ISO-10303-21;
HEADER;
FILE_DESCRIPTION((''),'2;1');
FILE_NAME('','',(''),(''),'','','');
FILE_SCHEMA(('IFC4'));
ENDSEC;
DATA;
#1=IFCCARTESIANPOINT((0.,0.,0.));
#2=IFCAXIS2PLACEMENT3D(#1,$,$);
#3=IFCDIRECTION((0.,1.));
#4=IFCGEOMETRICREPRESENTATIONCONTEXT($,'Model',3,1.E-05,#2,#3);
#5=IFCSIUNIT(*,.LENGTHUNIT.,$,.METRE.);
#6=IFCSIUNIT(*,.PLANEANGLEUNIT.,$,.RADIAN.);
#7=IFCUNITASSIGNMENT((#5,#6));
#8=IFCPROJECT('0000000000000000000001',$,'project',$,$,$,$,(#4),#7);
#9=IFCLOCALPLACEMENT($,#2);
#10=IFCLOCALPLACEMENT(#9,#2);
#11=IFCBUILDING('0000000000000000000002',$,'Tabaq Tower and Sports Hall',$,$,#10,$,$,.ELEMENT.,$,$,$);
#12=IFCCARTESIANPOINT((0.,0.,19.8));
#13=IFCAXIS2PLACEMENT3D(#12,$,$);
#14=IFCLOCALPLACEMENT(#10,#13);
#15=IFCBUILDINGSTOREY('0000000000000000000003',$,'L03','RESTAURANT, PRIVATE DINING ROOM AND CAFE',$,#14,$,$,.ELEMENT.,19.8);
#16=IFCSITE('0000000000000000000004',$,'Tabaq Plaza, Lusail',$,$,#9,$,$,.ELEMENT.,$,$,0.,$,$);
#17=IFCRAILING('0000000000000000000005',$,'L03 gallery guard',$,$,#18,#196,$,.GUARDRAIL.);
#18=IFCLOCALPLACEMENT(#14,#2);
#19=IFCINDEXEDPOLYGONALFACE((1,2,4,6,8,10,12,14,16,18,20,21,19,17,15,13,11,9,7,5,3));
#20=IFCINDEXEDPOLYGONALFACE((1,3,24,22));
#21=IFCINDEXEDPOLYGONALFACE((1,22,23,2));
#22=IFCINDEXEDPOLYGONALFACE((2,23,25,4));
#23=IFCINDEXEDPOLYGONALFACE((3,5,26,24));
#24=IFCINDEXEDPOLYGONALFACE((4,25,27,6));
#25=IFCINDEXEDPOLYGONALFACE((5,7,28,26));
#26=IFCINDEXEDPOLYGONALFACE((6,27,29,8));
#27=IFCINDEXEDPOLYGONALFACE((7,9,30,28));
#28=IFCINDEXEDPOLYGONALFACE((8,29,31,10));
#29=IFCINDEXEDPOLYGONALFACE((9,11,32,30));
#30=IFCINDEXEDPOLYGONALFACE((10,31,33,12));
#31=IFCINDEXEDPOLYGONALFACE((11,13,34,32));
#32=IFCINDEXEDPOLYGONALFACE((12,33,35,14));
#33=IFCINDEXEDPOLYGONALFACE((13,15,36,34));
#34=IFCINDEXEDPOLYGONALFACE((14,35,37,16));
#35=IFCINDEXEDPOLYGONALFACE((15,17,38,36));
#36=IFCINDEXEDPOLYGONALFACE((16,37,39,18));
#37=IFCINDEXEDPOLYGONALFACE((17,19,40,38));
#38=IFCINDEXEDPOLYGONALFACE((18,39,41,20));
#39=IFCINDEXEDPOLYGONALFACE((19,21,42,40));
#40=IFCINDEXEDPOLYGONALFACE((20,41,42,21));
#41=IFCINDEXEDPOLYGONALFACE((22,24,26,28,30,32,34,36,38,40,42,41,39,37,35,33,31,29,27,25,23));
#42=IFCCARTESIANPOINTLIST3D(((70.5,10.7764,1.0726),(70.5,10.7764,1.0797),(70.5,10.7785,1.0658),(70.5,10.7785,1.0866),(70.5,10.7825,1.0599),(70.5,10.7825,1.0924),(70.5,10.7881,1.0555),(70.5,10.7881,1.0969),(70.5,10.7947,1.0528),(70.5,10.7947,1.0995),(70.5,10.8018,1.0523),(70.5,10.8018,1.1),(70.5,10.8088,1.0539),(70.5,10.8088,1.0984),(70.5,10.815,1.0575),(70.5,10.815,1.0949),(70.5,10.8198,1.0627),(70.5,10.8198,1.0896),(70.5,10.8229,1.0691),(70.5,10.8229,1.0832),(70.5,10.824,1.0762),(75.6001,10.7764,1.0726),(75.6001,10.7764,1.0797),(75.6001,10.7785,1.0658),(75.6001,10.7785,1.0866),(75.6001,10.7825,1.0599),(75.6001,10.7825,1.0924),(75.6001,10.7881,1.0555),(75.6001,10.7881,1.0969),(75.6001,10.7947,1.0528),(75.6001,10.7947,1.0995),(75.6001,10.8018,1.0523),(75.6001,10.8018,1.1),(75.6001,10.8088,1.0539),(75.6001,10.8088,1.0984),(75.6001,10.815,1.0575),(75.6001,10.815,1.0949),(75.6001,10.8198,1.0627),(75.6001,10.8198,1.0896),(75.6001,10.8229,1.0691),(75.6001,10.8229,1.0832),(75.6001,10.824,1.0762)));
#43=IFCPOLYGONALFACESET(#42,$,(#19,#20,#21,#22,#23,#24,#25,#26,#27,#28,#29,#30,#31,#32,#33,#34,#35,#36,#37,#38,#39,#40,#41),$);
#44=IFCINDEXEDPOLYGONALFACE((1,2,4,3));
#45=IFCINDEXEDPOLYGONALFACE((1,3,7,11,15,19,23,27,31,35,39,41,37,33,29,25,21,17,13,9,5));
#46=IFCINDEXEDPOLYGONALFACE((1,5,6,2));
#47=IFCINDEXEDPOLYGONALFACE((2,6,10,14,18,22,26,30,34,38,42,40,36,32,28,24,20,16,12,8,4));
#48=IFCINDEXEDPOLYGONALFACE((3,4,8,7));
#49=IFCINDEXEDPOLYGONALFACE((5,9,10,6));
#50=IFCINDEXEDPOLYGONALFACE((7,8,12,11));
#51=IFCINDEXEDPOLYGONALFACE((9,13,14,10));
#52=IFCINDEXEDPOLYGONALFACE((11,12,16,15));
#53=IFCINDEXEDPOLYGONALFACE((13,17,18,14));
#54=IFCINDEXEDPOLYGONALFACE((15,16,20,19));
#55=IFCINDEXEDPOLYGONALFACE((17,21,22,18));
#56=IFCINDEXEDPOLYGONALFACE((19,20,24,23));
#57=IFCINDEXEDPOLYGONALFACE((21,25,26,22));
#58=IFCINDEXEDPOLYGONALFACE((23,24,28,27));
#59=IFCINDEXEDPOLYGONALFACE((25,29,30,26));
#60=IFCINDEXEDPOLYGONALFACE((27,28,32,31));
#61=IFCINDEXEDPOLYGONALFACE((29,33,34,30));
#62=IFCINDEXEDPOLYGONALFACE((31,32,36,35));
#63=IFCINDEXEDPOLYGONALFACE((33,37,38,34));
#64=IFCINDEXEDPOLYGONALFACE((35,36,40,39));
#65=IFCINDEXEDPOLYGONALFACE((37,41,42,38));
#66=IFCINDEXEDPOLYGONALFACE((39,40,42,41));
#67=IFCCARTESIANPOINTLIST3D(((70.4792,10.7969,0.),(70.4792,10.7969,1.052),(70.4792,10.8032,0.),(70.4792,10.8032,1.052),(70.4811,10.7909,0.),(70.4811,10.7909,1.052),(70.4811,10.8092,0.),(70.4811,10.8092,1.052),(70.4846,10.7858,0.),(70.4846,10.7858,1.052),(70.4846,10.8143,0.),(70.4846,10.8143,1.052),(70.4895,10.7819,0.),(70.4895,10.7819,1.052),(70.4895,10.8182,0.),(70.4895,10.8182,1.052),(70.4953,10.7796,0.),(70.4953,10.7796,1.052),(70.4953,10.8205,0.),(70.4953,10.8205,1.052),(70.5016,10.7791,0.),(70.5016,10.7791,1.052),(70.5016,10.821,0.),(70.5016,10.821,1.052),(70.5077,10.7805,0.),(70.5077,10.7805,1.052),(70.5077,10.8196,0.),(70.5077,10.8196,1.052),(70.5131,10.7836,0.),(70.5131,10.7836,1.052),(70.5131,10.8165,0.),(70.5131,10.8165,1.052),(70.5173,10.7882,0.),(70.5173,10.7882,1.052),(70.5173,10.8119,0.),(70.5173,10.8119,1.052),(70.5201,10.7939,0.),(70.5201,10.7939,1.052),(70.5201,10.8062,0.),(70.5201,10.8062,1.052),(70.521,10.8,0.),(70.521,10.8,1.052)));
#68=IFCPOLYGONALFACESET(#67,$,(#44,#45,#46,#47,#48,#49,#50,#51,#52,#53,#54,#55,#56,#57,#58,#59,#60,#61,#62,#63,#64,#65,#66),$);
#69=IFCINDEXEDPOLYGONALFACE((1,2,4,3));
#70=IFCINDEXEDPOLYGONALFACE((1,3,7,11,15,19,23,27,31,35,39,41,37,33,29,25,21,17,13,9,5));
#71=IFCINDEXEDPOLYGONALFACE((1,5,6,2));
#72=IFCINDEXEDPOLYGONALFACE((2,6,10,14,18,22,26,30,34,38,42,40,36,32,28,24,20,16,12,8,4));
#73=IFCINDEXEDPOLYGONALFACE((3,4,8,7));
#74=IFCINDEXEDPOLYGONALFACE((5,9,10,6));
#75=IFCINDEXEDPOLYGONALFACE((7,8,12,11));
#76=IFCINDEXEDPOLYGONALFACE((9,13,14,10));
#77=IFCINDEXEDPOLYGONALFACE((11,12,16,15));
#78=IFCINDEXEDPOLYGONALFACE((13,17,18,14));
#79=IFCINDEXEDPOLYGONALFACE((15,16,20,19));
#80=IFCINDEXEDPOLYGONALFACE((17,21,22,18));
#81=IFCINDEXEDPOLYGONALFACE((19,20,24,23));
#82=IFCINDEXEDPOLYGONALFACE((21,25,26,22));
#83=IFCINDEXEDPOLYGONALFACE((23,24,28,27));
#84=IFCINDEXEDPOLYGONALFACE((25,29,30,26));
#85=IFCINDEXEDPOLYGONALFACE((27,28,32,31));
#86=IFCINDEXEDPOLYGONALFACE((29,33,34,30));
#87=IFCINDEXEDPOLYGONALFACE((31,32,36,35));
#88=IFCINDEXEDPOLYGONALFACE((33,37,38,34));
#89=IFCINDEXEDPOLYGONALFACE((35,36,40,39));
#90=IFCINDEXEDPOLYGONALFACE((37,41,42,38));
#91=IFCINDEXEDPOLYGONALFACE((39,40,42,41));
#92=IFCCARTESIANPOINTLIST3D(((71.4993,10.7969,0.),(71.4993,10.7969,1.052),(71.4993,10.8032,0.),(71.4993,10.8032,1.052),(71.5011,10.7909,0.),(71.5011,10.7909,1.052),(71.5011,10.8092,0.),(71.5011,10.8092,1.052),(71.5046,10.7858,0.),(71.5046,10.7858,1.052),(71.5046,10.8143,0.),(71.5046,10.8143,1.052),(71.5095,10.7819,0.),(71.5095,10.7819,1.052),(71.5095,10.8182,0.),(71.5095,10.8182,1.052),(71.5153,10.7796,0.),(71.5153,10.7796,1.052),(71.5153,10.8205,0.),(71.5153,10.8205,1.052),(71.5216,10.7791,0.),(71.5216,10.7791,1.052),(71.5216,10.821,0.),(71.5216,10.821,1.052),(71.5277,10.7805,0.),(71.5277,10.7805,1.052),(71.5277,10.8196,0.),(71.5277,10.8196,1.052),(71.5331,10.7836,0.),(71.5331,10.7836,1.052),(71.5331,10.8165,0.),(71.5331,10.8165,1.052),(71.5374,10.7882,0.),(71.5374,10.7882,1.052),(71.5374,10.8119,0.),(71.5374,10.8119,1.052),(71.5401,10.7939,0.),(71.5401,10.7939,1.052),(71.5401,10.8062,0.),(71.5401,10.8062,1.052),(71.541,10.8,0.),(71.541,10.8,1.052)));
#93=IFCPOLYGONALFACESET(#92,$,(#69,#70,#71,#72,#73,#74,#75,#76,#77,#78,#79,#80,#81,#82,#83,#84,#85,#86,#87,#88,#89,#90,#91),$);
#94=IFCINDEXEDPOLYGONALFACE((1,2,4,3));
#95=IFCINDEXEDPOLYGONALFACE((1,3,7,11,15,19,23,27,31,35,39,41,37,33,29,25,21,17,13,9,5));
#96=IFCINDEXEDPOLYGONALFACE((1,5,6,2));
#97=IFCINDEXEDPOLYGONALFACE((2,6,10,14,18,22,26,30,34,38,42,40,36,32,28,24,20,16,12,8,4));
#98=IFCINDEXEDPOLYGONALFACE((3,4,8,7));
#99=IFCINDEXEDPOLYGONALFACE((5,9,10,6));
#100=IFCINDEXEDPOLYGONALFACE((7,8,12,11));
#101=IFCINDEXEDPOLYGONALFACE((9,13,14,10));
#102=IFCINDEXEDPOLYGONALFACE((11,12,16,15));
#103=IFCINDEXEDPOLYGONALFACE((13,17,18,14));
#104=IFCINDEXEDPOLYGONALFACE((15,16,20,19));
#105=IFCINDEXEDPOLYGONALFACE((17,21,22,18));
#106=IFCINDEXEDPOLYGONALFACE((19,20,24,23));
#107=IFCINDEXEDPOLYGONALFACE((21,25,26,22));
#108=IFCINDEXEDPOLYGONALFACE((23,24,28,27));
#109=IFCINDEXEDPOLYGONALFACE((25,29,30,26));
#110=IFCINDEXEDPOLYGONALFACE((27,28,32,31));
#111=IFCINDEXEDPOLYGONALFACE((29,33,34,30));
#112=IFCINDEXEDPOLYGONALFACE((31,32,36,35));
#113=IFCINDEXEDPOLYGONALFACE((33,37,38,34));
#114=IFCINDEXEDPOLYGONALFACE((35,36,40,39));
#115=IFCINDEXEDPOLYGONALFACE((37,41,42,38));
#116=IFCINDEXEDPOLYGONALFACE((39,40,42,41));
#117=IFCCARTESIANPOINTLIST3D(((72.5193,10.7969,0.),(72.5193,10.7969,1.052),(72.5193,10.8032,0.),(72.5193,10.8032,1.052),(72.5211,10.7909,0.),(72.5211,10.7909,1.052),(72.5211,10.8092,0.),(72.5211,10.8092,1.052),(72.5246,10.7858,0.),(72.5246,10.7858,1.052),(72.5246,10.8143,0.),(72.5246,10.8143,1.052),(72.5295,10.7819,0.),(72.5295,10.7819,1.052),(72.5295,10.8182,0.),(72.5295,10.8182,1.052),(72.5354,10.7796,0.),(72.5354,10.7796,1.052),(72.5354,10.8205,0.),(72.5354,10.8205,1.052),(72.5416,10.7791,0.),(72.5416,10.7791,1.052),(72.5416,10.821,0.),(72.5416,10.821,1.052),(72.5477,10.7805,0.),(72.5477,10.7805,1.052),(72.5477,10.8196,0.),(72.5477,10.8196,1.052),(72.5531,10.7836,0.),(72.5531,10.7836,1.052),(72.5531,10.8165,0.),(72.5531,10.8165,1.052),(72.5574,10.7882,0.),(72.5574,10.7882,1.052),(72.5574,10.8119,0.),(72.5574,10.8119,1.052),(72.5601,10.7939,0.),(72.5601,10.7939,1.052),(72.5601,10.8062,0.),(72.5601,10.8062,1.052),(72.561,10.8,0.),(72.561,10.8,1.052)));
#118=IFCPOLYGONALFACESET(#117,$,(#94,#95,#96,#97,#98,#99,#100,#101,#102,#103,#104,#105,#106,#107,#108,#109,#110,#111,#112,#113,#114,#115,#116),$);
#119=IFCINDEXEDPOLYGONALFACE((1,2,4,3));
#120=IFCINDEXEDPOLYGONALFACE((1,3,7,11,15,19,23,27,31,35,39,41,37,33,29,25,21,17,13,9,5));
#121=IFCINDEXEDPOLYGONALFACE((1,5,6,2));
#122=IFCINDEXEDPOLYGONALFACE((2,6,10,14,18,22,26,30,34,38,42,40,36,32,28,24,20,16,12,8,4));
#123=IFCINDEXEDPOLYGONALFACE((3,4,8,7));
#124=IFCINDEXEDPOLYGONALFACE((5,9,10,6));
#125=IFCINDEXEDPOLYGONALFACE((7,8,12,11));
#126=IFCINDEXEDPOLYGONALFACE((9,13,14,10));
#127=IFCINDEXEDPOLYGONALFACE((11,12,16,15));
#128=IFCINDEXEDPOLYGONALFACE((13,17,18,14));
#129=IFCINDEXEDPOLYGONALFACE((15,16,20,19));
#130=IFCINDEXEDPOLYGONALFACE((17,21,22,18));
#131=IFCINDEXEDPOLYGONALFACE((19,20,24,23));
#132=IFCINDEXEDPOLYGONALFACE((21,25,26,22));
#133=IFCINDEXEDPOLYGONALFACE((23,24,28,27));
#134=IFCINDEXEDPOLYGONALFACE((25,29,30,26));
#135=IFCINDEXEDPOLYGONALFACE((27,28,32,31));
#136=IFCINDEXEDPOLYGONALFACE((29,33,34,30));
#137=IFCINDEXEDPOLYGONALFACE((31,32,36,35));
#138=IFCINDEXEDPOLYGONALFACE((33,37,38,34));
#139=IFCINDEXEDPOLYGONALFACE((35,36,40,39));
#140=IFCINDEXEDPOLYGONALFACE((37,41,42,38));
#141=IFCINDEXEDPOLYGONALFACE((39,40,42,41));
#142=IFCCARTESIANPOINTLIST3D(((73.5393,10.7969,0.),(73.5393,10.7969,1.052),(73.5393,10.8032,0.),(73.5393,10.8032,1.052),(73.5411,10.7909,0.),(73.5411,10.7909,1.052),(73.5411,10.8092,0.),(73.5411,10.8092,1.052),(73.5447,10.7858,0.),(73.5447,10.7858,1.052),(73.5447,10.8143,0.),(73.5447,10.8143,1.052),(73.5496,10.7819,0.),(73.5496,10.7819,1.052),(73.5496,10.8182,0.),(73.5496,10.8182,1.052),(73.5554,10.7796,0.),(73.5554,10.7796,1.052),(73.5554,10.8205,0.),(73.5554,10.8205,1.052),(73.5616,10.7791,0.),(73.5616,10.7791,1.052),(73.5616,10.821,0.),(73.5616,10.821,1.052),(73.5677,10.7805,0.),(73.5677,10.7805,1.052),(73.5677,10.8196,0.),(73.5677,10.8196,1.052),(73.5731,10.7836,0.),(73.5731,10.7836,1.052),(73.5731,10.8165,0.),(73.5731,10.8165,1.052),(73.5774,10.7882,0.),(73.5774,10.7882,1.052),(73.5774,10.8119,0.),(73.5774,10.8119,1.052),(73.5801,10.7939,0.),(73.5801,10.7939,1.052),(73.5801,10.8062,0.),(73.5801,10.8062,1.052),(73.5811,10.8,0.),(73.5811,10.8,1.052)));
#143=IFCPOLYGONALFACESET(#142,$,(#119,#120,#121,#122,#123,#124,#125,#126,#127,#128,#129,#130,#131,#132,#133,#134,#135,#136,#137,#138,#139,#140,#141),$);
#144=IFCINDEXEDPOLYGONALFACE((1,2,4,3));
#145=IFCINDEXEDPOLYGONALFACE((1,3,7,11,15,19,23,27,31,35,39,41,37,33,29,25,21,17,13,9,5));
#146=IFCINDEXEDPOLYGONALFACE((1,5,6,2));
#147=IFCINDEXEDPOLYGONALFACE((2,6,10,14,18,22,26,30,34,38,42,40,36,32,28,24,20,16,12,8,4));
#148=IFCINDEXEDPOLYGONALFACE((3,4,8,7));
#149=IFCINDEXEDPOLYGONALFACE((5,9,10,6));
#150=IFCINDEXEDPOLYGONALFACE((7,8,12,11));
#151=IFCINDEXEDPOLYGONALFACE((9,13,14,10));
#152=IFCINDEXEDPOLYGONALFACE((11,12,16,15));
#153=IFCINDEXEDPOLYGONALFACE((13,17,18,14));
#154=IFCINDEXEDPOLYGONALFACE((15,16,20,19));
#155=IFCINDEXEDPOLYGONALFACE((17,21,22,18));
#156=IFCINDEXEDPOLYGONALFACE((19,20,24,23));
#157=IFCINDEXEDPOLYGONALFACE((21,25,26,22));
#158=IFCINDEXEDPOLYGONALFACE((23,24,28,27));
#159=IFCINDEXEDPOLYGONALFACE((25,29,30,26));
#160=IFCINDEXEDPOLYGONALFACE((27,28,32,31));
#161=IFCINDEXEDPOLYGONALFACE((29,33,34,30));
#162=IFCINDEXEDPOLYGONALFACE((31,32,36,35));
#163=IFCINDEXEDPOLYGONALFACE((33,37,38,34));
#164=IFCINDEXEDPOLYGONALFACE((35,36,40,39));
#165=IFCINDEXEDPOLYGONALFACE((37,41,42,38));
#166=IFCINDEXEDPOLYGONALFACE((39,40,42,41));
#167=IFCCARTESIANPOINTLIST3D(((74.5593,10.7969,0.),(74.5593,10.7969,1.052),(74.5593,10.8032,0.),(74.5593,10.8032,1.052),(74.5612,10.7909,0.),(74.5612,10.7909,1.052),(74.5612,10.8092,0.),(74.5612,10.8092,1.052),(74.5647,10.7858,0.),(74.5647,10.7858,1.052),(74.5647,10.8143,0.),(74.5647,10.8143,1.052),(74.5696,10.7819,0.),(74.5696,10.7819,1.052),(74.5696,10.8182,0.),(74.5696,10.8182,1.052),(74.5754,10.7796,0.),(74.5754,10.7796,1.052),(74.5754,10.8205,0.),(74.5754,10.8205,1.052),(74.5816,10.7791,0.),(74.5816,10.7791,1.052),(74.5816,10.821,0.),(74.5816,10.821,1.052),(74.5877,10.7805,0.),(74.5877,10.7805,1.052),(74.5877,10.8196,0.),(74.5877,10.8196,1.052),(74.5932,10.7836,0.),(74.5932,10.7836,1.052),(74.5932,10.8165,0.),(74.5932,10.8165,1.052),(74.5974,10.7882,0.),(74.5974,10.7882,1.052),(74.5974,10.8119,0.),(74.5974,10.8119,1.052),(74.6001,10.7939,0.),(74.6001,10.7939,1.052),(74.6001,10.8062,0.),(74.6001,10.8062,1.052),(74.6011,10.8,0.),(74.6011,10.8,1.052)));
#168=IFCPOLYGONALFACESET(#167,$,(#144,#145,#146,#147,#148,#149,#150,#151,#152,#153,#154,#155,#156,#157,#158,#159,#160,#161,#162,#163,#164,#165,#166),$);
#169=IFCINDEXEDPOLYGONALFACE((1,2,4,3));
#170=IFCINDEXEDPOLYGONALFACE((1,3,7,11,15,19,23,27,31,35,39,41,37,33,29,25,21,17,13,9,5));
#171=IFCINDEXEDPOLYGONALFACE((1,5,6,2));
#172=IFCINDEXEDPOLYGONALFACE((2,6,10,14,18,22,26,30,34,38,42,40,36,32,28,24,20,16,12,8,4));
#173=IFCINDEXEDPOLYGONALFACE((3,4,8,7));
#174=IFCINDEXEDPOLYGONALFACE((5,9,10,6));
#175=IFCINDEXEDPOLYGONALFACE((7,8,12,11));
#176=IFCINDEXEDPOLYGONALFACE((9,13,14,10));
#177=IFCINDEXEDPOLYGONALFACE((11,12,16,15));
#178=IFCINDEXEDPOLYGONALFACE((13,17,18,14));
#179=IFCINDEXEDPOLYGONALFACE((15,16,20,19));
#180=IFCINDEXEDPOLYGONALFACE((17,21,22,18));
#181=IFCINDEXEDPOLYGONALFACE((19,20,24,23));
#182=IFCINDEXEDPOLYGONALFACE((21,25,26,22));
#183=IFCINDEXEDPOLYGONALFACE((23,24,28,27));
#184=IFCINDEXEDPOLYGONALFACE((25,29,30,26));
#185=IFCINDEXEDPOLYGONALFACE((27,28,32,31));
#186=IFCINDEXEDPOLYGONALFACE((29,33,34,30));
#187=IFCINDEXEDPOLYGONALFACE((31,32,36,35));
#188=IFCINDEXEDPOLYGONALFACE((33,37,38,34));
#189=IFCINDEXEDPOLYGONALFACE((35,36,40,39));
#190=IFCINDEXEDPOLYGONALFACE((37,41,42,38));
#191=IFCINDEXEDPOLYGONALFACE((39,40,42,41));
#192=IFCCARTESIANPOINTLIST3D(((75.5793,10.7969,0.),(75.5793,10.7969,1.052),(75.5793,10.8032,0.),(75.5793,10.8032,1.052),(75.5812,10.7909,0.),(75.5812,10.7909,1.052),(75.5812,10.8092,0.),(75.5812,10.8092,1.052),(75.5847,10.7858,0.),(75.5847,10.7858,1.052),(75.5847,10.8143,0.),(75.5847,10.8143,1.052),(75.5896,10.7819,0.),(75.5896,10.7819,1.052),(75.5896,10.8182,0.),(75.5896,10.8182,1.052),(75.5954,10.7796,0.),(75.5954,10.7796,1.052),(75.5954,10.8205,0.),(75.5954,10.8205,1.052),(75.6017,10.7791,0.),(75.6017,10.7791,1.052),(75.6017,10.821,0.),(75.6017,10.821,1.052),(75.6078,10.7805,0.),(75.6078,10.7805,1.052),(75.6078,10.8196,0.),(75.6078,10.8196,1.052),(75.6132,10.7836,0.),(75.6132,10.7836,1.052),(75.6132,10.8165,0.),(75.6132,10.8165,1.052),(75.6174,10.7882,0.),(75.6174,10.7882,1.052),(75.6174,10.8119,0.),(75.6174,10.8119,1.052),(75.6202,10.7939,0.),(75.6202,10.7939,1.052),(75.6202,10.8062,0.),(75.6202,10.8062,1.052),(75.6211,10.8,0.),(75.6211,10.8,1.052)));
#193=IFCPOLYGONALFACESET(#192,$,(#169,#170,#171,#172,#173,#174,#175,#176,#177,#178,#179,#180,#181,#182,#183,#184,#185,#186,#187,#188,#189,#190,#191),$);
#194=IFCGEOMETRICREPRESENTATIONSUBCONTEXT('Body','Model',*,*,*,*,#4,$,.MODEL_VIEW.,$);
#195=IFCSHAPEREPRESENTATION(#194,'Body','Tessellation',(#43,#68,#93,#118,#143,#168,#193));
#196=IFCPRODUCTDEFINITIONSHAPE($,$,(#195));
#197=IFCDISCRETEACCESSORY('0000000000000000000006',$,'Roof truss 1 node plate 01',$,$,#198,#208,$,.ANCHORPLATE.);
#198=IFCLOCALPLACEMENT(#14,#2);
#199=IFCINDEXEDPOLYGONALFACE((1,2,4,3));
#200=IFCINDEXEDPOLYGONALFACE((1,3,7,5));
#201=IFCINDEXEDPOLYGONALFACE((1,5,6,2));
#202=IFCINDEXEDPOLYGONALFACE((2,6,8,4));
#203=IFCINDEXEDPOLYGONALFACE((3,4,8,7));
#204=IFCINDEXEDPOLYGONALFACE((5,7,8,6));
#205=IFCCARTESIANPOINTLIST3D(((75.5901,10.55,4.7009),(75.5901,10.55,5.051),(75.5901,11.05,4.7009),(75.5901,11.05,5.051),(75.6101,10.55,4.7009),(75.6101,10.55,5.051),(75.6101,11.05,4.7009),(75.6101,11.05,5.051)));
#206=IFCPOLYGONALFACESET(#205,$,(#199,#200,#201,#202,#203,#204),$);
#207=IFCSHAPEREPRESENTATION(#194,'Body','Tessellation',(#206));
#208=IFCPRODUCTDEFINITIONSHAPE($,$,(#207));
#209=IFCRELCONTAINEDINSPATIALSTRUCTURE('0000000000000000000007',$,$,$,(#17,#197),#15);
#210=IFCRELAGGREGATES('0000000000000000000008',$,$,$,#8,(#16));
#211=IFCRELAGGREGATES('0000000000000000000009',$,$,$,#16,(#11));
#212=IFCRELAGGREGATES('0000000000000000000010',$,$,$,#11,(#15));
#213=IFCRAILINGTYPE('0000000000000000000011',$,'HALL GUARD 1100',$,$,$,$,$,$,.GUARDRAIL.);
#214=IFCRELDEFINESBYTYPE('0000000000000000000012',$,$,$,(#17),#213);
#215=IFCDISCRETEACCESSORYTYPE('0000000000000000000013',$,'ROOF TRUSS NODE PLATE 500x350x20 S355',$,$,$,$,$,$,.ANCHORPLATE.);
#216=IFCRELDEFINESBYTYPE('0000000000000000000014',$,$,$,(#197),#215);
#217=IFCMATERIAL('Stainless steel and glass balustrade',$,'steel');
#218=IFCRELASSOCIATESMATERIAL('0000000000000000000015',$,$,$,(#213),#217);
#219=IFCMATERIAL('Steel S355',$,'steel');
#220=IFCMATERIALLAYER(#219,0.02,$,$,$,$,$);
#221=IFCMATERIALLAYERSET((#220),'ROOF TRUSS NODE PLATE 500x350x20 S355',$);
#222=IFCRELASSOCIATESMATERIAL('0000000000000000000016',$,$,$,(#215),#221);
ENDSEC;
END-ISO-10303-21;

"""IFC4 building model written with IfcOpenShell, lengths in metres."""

from ifc_helpers import new_model, si_unit, direction, frame, origin, origin_2d, place, context, subcontext, project, spatial, rectangle, circle, extrude, material, layer, layer_set, type_object, element, save


model = new_model("IFC4")

# Units and contexts
model_context = context("Model", 3, precision=1e-05, world=origin(), true_north=direction((0.0, 1.0)))
body_context = subcontext(model_context, "Body", "Model", "MODEL_VIEW")
ifc_project = project(units=[si_unit("LENGTHUNIT", "METRE"), si_unit("PLANEANGLEUNIT", "RADIAN")], contexts=[model_context])

# Site, building, storey
site_placement = place(None, origin())
site = spatial("IfcSite", under=ifc_project, at=site_placement, Name="Tabaq Plaza, Lusail", CompositionType="ELEMENT", RefElevation=0.0)
building_placement = place(site_placement, origin())
building = spatial("IfcBuilding", under=site, at=building_placement, Name="Tabaq Tower and Sports Hall", CompositionType="ELEMENT")
storey_placement = place(building_placement, frame((0.0, 0.0, 19.8)))
storey = spatial("IfcBuildingStorey", under=building, at=storey_placement, Name="L03", Description="RESTAURANT, PRIVATE DINING ROOM AND CAFE", CompositionType="ELEMENT", Elevation=19.8)

# Railing
ifc_material_1 = material(Name="Stainless steel and glass balustrade", Category="steel")
railing_type = type_object("IfcRailingType", Name="HALL GUARD 1100", PredefinedType="GUARDRAIL", material=ifc_material_1)
railing_1_placement = place(storey_placement, frame((70.5, 10.8, 0.0)))
element("IfcRailing", 1, at=railing_1_placement, inside=storey, type_object=railing_type, Name="L03 gallery guard", PredefinedType="GUARDRAIL", context=body_context, shape_type="SweptSolid", body=[
    extrude(circle(Radius=0.0239, at=origin_2d()), frame((0.0, 0.0, 1.0762), z_axis=(1.0, 0.0, 0.0), x_axis=(0.0, 1.0, 0.0)), (0.0, 0.0, 1.0), 5.1001),
    extrude(circle(Radius=0.021, at=origin_2d()), origin(), (0.0, 0.0, 1.0), 1.052),
    extrude(circle(Radius=0.021, at=origin_2d()), frame((1.02, 0.0, 0.0)), (0.0, 0.0, 1.0), 1.052),
    extrude(circle(Radius=0.021, at=origin_2d()), frame((2.04, 0.0, 0.0)), (0.0, 0.0, 1.0), 1.052),
    extrude(circle(Radius=0.021, at=origin_2d()), frame((3.0601, 0.0, 0.0)), (0.0, 0.0, 1.0), 1.052),
    extrude(circle(Radius=0.021, at=origin_2d()), frame((4.0801, 0.0, 0.0)), (0.0, 0.0, 1.0), 1.052),
    extrude(circle(Radius=0.021, at=origin_2d()), frame((5.1001, 0.0, 0.0)), (0.0, 0.0, 1.0), 1.052),
])

# Discrete accessory
ifc_material_2 = material(Name="Steel S355", Category="steel")
ifc_layer_1 = layer(ifc_material_2, 0.02)
ifc_layer_set_1 = layer_set([ifc_layer_1], Name="ROOF TRUSS NODE PLATE 500x350x20 S355")
discrete_accessory_type = type_object("IfcDiscreteAccessoryType", Name="ROOF TRUSS NODE PLATE 500x350x20 S355", PredefinedType="ANCHORPLATE", material=ifc_layer_set_1)
discrete_accessory_placement = place(storey_placement, frame((75.6001, 10.8, 4.7009), z_axis=(0.0, 0.0, 1.0), x_axis=(1.0, 0.0, 0.0)))
element("IfcDiscreteAccessory", 2, at=discrete_accessory_placement, inside=storey, type_object=discrete_accessory_type, Name="Roof truss 1 node plate 01", PredefinedType="ANCHORPLATE", context=body_context, shape_type="SweptSolid", body=[
    extrude(rectangle(XDim=0.02, YDim=0.5, at=origin_2d()), origin(), (0.0, 0.0, 1.0), 0.3501),
])

save(model, "model.ifc")
